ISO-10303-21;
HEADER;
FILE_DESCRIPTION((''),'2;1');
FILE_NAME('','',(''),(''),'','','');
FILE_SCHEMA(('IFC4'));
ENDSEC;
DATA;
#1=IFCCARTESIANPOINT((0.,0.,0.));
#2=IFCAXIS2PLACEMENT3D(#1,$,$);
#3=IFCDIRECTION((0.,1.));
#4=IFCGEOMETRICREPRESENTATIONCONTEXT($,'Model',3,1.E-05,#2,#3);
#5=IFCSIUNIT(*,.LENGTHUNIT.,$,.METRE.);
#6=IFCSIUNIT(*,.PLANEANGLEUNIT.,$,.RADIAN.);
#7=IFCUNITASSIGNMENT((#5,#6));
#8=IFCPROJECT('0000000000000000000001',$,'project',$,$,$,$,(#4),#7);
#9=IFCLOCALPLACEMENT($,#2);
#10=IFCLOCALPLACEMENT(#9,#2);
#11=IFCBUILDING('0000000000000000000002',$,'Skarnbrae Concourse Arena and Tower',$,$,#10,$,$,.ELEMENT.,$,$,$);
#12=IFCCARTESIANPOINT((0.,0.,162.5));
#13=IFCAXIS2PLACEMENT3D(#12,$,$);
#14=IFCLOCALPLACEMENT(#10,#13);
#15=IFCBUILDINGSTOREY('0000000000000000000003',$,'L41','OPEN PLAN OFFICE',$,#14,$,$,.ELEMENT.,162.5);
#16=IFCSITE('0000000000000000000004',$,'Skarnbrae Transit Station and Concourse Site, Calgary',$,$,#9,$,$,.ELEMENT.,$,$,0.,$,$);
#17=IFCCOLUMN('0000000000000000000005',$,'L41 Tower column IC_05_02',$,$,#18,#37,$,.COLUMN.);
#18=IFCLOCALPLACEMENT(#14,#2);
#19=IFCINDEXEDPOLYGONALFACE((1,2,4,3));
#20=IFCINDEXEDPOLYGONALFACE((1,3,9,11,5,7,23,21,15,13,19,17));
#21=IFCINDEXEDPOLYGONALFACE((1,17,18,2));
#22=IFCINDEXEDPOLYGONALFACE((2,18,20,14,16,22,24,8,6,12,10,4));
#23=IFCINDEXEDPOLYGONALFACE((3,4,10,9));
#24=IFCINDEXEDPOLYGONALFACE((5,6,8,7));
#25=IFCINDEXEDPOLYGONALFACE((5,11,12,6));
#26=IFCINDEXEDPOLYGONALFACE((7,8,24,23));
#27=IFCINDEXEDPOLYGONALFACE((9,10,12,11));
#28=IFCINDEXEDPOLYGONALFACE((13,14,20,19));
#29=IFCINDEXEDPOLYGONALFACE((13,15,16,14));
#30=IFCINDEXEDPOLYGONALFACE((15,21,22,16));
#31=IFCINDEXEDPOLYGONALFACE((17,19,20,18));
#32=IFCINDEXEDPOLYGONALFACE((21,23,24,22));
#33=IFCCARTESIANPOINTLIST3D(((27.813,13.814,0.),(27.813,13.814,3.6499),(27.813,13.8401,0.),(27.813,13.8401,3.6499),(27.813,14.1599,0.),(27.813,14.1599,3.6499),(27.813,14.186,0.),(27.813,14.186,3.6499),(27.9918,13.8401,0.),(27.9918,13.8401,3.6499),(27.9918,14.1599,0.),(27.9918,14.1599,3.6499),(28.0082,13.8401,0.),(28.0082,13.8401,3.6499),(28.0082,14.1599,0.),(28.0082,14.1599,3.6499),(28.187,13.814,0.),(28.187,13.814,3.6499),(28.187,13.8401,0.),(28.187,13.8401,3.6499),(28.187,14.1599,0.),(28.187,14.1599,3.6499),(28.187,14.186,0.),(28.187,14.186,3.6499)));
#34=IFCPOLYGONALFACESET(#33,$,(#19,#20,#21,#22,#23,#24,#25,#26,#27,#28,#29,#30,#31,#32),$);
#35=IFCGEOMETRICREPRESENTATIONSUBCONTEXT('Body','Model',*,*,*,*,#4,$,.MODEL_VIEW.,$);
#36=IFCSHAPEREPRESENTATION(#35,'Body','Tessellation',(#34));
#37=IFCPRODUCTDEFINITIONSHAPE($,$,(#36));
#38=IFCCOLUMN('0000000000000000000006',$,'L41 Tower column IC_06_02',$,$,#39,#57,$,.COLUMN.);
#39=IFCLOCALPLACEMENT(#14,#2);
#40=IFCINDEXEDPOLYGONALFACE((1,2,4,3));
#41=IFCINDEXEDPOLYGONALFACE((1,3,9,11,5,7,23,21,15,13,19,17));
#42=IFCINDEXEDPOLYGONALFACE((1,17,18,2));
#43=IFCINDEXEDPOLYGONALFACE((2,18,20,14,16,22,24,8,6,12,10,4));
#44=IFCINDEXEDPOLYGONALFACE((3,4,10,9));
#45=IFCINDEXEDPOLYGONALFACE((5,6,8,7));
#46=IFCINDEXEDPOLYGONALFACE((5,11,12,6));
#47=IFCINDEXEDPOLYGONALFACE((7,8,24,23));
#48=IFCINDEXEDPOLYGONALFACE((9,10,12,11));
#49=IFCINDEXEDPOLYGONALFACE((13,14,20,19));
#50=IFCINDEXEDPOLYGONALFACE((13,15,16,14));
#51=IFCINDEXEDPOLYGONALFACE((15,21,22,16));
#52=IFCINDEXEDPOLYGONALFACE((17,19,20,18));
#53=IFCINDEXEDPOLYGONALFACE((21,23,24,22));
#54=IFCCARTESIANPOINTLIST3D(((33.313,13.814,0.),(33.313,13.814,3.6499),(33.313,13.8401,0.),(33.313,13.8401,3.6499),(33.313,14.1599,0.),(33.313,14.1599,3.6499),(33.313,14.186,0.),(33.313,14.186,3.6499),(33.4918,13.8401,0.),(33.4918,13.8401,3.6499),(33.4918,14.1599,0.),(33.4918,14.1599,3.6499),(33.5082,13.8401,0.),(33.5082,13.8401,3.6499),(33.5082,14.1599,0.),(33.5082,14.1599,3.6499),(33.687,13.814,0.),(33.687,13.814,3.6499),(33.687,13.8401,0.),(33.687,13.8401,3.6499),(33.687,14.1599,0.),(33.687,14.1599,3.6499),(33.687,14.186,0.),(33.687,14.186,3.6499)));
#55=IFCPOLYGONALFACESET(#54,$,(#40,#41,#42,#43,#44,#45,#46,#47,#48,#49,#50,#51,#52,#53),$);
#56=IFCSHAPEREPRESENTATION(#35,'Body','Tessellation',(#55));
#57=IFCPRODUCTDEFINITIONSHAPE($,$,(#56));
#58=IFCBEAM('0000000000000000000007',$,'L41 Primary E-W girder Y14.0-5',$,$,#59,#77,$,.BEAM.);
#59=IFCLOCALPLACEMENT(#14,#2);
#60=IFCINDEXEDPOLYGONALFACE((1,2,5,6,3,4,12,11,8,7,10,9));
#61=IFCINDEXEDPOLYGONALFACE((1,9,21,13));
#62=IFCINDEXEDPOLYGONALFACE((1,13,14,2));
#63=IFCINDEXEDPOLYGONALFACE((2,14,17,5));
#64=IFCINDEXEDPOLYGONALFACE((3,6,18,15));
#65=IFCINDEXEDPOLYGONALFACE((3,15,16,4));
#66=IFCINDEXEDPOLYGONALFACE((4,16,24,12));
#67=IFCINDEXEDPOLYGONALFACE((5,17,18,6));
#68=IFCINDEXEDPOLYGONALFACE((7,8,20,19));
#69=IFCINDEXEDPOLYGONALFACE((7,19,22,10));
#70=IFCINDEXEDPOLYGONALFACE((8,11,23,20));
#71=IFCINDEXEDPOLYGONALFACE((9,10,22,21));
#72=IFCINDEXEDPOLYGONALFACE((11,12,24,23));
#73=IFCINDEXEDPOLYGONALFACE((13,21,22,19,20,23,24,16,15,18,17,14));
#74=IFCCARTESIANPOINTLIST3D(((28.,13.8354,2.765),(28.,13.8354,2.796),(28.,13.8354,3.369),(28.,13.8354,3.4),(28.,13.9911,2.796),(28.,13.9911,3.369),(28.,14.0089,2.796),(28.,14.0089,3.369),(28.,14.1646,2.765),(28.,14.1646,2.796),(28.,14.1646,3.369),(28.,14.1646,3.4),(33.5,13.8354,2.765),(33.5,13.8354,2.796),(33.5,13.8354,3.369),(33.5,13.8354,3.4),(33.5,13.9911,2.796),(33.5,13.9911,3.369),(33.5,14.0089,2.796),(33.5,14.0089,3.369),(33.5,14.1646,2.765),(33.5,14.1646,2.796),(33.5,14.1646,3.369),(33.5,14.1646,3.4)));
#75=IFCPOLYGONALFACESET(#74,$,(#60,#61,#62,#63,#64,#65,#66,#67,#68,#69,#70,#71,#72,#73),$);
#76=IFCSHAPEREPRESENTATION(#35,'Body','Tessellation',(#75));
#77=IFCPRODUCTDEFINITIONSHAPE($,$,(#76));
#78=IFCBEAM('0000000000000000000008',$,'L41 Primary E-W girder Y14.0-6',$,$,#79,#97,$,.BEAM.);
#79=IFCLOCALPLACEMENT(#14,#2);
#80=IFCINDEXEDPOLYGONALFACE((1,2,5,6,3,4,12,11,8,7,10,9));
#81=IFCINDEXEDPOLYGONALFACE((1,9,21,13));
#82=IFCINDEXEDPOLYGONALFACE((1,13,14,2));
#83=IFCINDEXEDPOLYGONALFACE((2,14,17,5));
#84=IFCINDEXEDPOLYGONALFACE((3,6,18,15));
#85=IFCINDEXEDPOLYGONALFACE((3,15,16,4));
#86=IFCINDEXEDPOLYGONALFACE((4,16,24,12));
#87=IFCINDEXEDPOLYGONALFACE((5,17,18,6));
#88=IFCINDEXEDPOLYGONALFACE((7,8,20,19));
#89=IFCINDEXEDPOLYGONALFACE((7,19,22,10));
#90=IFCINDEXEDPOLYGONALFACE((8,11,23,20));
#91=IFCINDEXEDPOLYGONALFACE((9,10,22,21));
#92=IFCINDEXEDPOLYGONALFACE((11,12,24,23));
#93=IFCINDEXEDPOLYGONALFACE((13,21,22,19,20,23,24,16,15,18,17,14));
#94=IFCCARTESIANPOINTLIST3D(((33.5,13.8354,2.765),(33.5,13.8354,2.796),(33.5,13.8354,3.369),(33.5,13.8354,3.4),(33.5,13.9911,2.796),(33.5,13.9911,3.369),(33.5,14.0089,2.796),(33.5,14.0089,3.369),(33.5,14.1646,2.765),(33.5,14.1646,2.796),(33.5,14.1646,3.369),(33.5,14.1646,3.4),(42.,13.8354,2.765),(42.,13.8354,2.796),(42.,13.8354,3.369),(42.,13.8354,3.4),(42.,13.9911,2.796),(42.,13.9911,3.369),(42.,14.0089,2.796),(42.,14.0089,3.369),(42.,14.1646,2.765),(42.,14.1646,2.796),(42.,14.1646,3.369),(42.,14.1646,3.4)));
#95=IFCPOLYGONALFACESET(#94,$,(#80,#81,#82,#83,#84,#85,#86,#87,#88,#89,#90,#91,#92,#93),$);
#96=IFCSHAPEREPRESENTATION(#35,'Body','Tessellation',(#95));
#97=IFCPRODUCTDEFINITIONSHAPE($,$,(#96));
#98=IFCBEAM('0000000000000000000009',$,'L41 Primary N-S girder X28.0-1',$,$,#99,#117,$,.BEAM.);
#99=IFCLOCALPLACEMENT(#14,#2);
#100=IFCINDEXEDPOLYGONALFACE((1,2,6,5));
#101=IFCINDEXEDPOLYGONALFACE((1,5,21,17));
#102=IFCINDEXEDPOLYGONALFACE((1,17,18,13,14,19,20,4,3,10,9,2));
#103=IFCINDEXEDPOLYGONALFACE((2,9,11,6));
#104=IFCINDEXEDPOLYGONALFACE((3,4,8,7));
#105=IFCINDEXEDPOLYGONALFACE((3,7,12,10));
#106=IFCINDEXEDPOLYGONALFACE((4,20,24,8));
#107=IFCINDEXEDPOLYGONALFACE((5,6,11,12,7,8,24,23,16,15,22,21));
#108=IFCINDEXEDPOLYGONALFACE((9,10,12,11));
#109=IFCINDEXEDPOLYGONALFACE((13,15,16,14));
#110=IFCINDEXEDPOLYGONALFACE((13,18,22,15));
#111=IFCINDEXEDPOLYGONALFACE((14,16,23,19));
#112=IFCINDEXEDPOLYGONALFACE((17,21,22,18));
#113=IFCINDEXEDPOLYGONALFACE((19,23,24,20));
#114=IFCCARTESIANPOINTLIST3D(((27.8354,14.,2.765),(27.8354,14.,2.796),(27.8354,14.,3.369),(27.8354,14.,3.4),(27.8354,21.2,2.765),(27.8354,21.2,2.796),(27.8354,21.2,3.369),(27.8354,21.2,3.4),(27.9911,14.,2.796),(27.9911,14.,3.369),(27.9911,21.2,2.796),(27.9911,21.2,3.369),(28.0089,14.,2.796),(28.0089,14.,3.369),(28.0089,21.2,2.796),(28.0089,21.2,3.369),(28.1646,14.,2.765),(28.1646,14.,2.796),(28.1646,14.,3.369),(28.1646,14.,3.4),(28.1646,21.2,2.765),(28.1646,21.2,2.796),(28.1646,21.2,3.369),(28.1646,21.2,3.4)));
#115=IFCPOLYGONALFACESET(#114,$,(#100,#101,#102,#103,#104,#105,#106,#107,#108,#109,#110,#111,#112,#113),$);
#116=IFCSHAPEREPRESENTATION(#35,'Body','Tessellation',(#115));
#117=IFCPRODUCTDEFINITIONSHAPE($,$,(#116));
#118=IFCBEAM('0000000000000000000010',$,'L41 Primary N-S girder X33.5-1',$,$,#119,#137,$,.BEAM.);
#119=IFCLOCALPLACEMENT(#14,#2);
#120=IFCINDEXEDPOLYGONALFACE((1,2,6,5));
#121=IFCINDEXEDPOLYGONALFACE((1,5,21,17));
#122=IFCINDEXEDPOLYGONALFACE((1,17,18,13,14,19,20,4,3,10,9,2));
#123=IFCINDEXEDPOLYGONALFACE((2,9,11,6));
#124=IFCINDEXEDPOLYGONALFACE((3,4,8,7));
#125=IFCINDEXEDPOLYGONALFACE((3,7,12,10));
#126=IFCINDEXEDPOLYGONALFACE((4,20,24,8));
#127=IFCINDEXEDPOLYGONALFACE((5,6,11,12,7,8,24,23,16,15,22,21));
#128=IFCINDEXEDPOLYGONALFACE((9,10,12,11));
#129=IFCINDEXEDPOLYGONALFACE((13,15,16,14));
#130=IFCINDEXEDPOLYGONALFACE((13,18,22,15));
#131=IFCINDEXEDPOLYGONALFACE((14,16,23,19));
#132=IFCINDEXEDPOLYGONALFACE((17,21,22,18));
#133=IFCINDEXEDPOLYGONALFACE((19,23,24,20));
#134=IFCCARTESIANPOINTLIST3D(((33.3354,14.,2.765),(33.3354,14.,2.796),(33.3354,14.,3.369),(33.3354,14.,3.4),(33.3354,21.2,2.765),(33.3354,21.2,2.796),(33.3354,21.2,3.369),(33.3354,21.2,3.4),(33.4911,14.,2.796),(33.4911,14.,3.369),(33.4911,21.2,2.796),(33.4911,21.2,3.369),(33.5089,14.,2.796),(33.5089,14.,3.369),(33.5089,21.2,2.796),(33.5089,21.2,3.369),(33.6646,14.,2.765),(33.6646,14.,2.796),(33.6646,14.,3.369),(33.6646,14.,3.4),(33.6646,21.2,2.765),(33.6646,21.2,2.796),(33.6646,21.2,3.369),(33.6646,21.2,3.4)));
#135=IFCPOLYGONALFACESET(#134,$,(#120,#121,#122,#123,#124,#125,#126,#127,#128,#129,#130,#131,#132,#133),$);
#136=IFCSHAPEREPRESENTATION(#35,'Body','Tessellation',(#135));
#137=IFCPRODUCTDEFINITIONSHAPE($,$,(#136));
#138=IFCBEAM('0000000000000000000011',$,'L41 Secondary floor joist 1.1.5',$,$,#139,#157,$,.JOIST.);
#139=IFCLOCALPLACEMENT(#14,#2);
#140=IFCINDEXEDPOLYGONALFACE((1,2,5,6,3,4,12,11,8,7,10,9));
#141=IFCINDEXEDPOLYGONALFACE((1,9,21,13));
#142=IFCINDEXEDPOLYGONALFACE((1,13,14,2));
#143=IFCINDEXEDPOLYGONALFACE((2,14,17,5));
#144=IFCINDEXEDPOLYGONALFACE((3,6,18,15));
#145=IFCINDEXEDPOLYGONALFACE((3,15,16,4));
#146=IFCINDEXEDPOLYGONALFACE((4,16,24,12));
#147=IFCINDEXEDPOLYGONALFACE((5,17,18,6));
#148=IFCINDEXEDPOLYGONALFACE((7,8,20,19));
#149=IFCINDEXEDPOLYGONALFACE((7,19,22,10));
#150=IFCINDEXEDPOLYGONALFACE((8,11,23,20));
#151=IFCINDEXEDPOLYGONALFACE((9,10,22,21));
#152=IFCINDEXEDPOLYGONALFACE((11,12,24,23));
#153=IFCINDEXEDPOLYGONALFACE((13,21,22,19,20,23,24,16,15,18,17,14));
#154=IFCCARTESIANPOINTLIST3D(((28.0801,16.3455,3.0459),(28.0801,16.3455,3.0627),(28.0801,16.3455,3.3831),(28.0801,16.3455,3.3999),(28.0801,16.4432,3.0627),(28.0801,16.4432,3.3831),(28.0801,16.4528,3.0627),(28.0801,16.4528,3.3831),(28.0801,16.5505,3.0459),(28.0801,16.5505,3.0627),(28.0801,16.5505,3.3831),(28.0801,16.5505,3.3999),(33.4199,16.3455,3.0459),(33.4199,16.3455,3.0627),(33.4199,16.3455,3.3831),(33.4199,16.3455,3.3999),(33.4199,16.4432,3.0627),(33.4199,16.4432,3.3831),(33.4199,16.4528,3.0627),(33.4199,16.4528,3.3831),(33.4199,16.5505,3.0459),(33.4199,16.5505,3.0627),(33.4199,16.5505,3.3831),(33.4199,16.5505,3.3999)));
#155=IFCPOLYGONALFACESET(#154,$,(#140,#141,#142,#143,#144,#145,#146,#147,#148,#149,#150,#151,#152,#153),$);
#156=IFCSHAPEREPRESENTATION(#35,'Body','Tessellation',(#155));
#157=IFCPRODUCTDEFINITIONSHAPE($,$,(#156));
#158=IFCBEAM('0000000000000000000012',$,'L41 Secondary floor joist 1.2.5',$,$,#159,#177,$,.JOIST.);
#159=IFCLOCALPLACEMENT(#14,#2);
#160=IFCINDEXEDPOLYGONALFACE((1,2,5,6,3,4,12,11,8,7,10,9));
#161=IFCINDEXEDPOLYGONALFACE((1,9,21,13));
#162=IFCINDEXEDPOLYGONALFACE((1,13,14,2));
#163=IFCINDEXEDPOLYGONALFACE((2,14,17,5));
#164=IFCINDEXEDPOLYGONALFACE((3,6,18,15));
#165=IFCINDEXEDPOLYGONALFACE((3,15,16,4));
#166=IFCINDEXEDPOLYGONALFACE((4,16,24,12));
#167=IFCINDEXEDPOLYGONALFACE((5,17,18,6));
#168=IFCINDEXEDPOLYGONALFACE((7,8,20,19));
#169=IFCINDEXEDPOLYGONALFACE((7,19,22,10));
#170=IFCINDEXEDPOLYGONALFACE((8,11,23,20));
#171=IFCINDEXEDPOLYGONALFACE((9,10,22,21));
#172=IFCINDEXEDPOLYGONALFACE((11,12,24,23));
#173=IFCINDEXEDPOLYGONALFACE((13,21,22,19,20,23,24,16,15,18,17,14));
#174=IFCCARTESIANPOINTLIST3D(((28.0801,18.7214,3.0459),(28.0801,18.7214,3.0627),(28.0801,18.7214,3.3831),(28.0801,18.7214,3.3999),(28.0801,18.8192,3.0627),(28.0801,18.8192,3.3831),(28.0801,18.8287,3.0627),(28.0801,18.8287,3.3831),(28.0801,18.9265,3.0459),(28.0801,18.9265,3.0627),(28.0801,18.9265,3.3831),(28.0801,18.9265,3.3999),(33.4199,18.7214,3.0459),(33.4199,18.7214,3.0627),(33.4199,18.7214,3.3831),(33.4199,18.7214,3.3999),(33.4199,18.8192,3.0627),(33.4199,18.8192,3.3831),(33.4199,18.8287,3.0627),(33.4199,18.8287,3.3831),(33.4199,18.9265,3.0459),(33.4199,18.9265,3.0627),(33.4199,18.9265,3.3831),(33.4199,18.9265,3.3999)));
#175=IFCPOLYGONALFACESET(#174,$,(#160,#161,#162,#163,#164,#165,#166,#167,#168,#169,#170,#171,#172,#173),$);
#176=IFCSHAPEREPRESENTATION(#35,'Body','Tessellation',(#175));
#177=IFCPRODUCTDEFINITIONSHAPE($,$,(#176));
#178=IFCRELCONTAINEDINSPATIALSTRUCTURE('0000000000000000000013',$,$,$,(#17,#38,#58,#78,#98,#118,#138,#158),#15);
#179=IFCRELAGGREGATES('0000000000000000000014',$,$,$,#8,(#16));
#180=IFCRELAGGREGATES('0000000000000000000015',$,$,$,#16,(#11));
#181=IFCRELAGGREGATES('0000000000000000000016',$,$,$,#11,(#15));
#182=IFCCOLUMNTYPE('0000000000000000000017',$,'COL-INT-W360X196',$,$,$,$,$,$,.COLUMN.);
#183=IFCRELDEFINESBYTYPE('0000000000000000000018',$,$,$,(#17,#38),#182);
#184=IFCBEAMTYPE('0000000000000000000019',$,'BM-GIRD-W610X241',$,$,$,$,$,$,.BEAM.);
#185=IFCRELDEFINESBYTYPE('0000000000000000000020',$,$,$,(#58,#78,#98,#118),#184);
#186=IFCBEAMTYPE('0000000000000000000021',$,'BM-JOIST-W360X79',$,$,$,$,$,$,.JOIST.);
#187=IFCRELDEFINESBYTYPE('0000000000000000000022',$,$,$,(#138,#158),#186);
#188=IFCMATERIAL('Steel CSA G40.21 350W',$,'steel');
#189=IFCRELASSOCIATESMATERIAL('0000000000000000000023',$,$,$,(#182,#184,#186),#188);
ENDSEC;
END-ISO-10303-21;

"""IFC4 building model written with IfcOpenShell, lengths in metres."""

from ifc_helpers import new_model, si_unit, direction, frame, origin, origin_2d, place, context, subcontext, project, spatial, i_section, extrude, source, transform, mapped, material, material_profile, profile_set, type_object, element, save


model = new_model("IFC4")

# Units and contexts
model_context = context("Model", 3, precision=1e-05, world=origin(), true_north=direction((0.0, 1.0)))
body_context = subcontext(model_context, "Body", "Model", "MODEL_VIEW")
ifc_project = project(units=[si_unit("LENGTHUNIT", "METRE"), si_unit("PLANEANGLEUNIT", "RADIAN")], contexts=[model_context])

# Site, building, storey
site_placement = place(None, origin())
site = spatial("IfcSite", under=ifc_project, at=site_placement, Name="Skarnbrae Transit Station and Concourse Site, Calgary", CompositionType="ELEMENT", RefElevation=0.0)
building_placement = place(site_placement, origin())
building = spatial("IfcBuilding", under=site, at=building_placement, Name="Skarnbrae Concourse Arena and Tower", CompositionType="ELEMENT")
storey_placement = place(building_placement, frame((0.0, 0.0, 162.5)))
storey = spatial("IfcBuildingStorey", under=building, at=storey_placement, Name="L41", Description="OPEN PLAN OFFICE", CompositionType="ELEMENT", Elevation=162.5)

# Columns
ifc_material_1 = material(Name="Steel CSA G40.21 350W", Category="steel")
ifc_material_profile_1 = material_profile(ifc_material_1, i_section(OverallWidth=0.374, OverallDepth=0.3721, WebThickness=0.0164, FlangeThickness=0.0261, at=origin_2d()), Name="W360X196")
ifc_profile_set_1 = profile_set([ifc_material_profile_1], Name="Steel CSA G40.21 350W")
column_type = type_object("IfcColumnType", Name="COL-INT-W360X196", PredefinedType="COLUMN", material=ifc_profile_set_1)
shared_shape_1 = source(origin(), body_context, "Body", "SweptSolid", [
    extrude(i_section(OverallWidth=0.374, OverallDepth=0.3721, WebThickness=0.0164, FlangeThickness=0.0261, at=origin_2d()), origin(), (0.0, 0.0, 1.0), 3.6499),
])
for number, where, z_axis, x_axis, name in (
    (1, (28.0, 14.0, 0.0), (0.0, 0.0, 1.0), (1.0, 0.0, 0.0), "L41 Tower column IC_05_02"),
    (2, (33.5, 14.0, 0.0), (0.0, 0.0, 1.0), (1.0, 0.0, 0.0), "L41 Tower column IC_06_02"),
):
    element("IfcColumn", number, at=place(storey_placement, frame(where, z_axis=z_axis, x_axis=x_axis)), inside=storey, type_object=column_type, Name=name, PredefinedType="COLUMN", context=body_context, shape_type="MappedRepresentation", body=[
        mapped(shared_shape_1, transform((0.0, 0.0, 0.0))),
    ])

# Beams
ifc_material_profile_2 = material_profile(ifc_material_1, i_section(OverallWidth=0.3291, OverallDepth=0.635, WebThickness=0.0178, FlangeThickness=0.031, at=origin_2d()), Name="W610X241")
ifc_profile_set_2 = profile_set([ifc_material_profile_2], Name="Steel CSA G40.21 350W")
beam_type_1 = type_object("IfcBeamType", Name="BM-GIRD-W610X241", PredefinedType="BEAM", material=ifc_profile_set_2)
shared_shape_2 = source(origin(), body_context, "Body", "SweptSolid", [
    extrude(i_section(OverallWidth=0.3291, OverallDepth=0.635, WebThickness=0.0178, FlangeThickness=0.031, at=origin_2d()), origin(), (0.0, 0.0, 1.0), 5.5),
])
beam_1_placement = place(storey_placement, frame((28.0, 14.0, 3.0825), z_axis=(1.0, 0.0, 0.0), x_axis=(0.0, 1.0, 0.0)))
element("IfcBeam", 3, at=beam_1_placement, inside=storey, type_object=beam_type_1, Name="L41 Primary E-W girder Y14.0-5", PredefinedType="BEAM", context=body_context, shape_type="MappedRepresentation", body=[
    mapped(shared_shape_2, transform((0.0, 0.0, 0.0))),
])
shared_shape_3 = source(origin(), body_context, "Body", "SweptSolid", [
    extrude(i_section(OverallWidth=0.3291, OverallDepth=0.635, WebThickness=0.0178, FlangeThickness=0.031, at=origin_2d()), origin(), (0.0, 0.0, 1.0), 8.5),
])
beam_2_placement = place(storey_placement, frame((33.5, 14.0, 3.0825), z_axis=(1.0, 0.0, 0.0), x_axis=(0.0, 1.0, 0.0)))
element("IfcBeam", 4, at=beam_2_placement, inside=storey, type_object=beam_type_1, Name="L41 Primary E-W girder Y14.0-6", PredefinedType="BEAM", context=body_context, shape_type="MappedRepresentation", body=[
    mapped(shared_shape_3, transform((0.0, 0.0, 0.0))),
])
shared_shape_4 = source(origin(), body_context, "Body", "SweptSolid", [
    extrude(i_section(OverallWidth=0.3291, OverallDepth=0.635, WebThickness=0.0178, FlangeThickness=0.031, at=origin_2d()), origin(), (0.0, 0.0, 1.0), 7.2),
])
for number, where, z_axis, x_axis, name in (
    (5, (28.0, 14.0, 3.0825), (0.0, 1.0, 0.0), (-1.0, 0.0, 0.0), "L41 Primary N-S girder X28.0-1"),
    (6, (33.5, 14.0, 3.0825), (0.0, 1.0, 0.0), (-1.0, 0.0, 0.0), "L41 Primary N-S girder X33.5-1"),
):
    element("IfcBeam", number, at=place(storey_placement, frame(where, z_axis=z_axis, x_axis=x_axis)), inside=storey, type_object=beam_type_1, Name=name, PredefinedType="BEAM", context=body_context, shape_type="MappedRepresentation", body=[
        mapped(shared_shape_4, transform((0.0, 0.0, 0.0))),
    ])
ifc_material_profile_3 = material_profile(ifc_material_1, i_section(OverallWidth=0.2051, OverallDepth=0.354, WebThickness=0.0095, FlangeThickness=0.0168, at=origin_2d()), Name="W360X79")
ifc_profile_set_3 = profile_set([ifc_material_profile_3], Name="Steel CSA G40.21 350W")
beam_type_2 = type_object("IfcBeamType", Name="BM-JOIST-W360X79", PredefinedType="JOIST", material=ifc_profile_set_3)
shared_shape_5 = source(origin(), body_context, "Body", "SweptSolid", [
    extrude(i_section(OverallWidth=0.2051, OverallDepth=0.354, WebThickness=0.0095, FlangeThickness=0.0168, at=origin_2d()), origin(), (0.0, 0.0, 1.0), 5.3398),
])
for number, where, z_axis, x_axis, name in (
    (7, (28.0801, 16.448, 3.2229), (1.0, 0.0, 0.0), (0.0, 1.0, 0.0), "L41 Secondary floor joist 1.1.5"),
    (8, (28.0801, 18.824, 3.2229), (1.0, 0.0, 0.0), (0.0, 1.0, 0.0), "L41 Secondary floor joist 1.2.5"),
):
    element("IfcBeam", number, at=place(storey_placement, frame(where, z_axis=z_axis, x_axis=x_axis)), inside=storey, type_object=beam_type_2, Name=name, PredefinedType="JOIST", context=body_context, shape_type="MappedRepresentation", body=[
        mapped(shared_shape_5, transform((0.0, 0.0, 0.0))),
    ])

save(model, "model.ifc")
